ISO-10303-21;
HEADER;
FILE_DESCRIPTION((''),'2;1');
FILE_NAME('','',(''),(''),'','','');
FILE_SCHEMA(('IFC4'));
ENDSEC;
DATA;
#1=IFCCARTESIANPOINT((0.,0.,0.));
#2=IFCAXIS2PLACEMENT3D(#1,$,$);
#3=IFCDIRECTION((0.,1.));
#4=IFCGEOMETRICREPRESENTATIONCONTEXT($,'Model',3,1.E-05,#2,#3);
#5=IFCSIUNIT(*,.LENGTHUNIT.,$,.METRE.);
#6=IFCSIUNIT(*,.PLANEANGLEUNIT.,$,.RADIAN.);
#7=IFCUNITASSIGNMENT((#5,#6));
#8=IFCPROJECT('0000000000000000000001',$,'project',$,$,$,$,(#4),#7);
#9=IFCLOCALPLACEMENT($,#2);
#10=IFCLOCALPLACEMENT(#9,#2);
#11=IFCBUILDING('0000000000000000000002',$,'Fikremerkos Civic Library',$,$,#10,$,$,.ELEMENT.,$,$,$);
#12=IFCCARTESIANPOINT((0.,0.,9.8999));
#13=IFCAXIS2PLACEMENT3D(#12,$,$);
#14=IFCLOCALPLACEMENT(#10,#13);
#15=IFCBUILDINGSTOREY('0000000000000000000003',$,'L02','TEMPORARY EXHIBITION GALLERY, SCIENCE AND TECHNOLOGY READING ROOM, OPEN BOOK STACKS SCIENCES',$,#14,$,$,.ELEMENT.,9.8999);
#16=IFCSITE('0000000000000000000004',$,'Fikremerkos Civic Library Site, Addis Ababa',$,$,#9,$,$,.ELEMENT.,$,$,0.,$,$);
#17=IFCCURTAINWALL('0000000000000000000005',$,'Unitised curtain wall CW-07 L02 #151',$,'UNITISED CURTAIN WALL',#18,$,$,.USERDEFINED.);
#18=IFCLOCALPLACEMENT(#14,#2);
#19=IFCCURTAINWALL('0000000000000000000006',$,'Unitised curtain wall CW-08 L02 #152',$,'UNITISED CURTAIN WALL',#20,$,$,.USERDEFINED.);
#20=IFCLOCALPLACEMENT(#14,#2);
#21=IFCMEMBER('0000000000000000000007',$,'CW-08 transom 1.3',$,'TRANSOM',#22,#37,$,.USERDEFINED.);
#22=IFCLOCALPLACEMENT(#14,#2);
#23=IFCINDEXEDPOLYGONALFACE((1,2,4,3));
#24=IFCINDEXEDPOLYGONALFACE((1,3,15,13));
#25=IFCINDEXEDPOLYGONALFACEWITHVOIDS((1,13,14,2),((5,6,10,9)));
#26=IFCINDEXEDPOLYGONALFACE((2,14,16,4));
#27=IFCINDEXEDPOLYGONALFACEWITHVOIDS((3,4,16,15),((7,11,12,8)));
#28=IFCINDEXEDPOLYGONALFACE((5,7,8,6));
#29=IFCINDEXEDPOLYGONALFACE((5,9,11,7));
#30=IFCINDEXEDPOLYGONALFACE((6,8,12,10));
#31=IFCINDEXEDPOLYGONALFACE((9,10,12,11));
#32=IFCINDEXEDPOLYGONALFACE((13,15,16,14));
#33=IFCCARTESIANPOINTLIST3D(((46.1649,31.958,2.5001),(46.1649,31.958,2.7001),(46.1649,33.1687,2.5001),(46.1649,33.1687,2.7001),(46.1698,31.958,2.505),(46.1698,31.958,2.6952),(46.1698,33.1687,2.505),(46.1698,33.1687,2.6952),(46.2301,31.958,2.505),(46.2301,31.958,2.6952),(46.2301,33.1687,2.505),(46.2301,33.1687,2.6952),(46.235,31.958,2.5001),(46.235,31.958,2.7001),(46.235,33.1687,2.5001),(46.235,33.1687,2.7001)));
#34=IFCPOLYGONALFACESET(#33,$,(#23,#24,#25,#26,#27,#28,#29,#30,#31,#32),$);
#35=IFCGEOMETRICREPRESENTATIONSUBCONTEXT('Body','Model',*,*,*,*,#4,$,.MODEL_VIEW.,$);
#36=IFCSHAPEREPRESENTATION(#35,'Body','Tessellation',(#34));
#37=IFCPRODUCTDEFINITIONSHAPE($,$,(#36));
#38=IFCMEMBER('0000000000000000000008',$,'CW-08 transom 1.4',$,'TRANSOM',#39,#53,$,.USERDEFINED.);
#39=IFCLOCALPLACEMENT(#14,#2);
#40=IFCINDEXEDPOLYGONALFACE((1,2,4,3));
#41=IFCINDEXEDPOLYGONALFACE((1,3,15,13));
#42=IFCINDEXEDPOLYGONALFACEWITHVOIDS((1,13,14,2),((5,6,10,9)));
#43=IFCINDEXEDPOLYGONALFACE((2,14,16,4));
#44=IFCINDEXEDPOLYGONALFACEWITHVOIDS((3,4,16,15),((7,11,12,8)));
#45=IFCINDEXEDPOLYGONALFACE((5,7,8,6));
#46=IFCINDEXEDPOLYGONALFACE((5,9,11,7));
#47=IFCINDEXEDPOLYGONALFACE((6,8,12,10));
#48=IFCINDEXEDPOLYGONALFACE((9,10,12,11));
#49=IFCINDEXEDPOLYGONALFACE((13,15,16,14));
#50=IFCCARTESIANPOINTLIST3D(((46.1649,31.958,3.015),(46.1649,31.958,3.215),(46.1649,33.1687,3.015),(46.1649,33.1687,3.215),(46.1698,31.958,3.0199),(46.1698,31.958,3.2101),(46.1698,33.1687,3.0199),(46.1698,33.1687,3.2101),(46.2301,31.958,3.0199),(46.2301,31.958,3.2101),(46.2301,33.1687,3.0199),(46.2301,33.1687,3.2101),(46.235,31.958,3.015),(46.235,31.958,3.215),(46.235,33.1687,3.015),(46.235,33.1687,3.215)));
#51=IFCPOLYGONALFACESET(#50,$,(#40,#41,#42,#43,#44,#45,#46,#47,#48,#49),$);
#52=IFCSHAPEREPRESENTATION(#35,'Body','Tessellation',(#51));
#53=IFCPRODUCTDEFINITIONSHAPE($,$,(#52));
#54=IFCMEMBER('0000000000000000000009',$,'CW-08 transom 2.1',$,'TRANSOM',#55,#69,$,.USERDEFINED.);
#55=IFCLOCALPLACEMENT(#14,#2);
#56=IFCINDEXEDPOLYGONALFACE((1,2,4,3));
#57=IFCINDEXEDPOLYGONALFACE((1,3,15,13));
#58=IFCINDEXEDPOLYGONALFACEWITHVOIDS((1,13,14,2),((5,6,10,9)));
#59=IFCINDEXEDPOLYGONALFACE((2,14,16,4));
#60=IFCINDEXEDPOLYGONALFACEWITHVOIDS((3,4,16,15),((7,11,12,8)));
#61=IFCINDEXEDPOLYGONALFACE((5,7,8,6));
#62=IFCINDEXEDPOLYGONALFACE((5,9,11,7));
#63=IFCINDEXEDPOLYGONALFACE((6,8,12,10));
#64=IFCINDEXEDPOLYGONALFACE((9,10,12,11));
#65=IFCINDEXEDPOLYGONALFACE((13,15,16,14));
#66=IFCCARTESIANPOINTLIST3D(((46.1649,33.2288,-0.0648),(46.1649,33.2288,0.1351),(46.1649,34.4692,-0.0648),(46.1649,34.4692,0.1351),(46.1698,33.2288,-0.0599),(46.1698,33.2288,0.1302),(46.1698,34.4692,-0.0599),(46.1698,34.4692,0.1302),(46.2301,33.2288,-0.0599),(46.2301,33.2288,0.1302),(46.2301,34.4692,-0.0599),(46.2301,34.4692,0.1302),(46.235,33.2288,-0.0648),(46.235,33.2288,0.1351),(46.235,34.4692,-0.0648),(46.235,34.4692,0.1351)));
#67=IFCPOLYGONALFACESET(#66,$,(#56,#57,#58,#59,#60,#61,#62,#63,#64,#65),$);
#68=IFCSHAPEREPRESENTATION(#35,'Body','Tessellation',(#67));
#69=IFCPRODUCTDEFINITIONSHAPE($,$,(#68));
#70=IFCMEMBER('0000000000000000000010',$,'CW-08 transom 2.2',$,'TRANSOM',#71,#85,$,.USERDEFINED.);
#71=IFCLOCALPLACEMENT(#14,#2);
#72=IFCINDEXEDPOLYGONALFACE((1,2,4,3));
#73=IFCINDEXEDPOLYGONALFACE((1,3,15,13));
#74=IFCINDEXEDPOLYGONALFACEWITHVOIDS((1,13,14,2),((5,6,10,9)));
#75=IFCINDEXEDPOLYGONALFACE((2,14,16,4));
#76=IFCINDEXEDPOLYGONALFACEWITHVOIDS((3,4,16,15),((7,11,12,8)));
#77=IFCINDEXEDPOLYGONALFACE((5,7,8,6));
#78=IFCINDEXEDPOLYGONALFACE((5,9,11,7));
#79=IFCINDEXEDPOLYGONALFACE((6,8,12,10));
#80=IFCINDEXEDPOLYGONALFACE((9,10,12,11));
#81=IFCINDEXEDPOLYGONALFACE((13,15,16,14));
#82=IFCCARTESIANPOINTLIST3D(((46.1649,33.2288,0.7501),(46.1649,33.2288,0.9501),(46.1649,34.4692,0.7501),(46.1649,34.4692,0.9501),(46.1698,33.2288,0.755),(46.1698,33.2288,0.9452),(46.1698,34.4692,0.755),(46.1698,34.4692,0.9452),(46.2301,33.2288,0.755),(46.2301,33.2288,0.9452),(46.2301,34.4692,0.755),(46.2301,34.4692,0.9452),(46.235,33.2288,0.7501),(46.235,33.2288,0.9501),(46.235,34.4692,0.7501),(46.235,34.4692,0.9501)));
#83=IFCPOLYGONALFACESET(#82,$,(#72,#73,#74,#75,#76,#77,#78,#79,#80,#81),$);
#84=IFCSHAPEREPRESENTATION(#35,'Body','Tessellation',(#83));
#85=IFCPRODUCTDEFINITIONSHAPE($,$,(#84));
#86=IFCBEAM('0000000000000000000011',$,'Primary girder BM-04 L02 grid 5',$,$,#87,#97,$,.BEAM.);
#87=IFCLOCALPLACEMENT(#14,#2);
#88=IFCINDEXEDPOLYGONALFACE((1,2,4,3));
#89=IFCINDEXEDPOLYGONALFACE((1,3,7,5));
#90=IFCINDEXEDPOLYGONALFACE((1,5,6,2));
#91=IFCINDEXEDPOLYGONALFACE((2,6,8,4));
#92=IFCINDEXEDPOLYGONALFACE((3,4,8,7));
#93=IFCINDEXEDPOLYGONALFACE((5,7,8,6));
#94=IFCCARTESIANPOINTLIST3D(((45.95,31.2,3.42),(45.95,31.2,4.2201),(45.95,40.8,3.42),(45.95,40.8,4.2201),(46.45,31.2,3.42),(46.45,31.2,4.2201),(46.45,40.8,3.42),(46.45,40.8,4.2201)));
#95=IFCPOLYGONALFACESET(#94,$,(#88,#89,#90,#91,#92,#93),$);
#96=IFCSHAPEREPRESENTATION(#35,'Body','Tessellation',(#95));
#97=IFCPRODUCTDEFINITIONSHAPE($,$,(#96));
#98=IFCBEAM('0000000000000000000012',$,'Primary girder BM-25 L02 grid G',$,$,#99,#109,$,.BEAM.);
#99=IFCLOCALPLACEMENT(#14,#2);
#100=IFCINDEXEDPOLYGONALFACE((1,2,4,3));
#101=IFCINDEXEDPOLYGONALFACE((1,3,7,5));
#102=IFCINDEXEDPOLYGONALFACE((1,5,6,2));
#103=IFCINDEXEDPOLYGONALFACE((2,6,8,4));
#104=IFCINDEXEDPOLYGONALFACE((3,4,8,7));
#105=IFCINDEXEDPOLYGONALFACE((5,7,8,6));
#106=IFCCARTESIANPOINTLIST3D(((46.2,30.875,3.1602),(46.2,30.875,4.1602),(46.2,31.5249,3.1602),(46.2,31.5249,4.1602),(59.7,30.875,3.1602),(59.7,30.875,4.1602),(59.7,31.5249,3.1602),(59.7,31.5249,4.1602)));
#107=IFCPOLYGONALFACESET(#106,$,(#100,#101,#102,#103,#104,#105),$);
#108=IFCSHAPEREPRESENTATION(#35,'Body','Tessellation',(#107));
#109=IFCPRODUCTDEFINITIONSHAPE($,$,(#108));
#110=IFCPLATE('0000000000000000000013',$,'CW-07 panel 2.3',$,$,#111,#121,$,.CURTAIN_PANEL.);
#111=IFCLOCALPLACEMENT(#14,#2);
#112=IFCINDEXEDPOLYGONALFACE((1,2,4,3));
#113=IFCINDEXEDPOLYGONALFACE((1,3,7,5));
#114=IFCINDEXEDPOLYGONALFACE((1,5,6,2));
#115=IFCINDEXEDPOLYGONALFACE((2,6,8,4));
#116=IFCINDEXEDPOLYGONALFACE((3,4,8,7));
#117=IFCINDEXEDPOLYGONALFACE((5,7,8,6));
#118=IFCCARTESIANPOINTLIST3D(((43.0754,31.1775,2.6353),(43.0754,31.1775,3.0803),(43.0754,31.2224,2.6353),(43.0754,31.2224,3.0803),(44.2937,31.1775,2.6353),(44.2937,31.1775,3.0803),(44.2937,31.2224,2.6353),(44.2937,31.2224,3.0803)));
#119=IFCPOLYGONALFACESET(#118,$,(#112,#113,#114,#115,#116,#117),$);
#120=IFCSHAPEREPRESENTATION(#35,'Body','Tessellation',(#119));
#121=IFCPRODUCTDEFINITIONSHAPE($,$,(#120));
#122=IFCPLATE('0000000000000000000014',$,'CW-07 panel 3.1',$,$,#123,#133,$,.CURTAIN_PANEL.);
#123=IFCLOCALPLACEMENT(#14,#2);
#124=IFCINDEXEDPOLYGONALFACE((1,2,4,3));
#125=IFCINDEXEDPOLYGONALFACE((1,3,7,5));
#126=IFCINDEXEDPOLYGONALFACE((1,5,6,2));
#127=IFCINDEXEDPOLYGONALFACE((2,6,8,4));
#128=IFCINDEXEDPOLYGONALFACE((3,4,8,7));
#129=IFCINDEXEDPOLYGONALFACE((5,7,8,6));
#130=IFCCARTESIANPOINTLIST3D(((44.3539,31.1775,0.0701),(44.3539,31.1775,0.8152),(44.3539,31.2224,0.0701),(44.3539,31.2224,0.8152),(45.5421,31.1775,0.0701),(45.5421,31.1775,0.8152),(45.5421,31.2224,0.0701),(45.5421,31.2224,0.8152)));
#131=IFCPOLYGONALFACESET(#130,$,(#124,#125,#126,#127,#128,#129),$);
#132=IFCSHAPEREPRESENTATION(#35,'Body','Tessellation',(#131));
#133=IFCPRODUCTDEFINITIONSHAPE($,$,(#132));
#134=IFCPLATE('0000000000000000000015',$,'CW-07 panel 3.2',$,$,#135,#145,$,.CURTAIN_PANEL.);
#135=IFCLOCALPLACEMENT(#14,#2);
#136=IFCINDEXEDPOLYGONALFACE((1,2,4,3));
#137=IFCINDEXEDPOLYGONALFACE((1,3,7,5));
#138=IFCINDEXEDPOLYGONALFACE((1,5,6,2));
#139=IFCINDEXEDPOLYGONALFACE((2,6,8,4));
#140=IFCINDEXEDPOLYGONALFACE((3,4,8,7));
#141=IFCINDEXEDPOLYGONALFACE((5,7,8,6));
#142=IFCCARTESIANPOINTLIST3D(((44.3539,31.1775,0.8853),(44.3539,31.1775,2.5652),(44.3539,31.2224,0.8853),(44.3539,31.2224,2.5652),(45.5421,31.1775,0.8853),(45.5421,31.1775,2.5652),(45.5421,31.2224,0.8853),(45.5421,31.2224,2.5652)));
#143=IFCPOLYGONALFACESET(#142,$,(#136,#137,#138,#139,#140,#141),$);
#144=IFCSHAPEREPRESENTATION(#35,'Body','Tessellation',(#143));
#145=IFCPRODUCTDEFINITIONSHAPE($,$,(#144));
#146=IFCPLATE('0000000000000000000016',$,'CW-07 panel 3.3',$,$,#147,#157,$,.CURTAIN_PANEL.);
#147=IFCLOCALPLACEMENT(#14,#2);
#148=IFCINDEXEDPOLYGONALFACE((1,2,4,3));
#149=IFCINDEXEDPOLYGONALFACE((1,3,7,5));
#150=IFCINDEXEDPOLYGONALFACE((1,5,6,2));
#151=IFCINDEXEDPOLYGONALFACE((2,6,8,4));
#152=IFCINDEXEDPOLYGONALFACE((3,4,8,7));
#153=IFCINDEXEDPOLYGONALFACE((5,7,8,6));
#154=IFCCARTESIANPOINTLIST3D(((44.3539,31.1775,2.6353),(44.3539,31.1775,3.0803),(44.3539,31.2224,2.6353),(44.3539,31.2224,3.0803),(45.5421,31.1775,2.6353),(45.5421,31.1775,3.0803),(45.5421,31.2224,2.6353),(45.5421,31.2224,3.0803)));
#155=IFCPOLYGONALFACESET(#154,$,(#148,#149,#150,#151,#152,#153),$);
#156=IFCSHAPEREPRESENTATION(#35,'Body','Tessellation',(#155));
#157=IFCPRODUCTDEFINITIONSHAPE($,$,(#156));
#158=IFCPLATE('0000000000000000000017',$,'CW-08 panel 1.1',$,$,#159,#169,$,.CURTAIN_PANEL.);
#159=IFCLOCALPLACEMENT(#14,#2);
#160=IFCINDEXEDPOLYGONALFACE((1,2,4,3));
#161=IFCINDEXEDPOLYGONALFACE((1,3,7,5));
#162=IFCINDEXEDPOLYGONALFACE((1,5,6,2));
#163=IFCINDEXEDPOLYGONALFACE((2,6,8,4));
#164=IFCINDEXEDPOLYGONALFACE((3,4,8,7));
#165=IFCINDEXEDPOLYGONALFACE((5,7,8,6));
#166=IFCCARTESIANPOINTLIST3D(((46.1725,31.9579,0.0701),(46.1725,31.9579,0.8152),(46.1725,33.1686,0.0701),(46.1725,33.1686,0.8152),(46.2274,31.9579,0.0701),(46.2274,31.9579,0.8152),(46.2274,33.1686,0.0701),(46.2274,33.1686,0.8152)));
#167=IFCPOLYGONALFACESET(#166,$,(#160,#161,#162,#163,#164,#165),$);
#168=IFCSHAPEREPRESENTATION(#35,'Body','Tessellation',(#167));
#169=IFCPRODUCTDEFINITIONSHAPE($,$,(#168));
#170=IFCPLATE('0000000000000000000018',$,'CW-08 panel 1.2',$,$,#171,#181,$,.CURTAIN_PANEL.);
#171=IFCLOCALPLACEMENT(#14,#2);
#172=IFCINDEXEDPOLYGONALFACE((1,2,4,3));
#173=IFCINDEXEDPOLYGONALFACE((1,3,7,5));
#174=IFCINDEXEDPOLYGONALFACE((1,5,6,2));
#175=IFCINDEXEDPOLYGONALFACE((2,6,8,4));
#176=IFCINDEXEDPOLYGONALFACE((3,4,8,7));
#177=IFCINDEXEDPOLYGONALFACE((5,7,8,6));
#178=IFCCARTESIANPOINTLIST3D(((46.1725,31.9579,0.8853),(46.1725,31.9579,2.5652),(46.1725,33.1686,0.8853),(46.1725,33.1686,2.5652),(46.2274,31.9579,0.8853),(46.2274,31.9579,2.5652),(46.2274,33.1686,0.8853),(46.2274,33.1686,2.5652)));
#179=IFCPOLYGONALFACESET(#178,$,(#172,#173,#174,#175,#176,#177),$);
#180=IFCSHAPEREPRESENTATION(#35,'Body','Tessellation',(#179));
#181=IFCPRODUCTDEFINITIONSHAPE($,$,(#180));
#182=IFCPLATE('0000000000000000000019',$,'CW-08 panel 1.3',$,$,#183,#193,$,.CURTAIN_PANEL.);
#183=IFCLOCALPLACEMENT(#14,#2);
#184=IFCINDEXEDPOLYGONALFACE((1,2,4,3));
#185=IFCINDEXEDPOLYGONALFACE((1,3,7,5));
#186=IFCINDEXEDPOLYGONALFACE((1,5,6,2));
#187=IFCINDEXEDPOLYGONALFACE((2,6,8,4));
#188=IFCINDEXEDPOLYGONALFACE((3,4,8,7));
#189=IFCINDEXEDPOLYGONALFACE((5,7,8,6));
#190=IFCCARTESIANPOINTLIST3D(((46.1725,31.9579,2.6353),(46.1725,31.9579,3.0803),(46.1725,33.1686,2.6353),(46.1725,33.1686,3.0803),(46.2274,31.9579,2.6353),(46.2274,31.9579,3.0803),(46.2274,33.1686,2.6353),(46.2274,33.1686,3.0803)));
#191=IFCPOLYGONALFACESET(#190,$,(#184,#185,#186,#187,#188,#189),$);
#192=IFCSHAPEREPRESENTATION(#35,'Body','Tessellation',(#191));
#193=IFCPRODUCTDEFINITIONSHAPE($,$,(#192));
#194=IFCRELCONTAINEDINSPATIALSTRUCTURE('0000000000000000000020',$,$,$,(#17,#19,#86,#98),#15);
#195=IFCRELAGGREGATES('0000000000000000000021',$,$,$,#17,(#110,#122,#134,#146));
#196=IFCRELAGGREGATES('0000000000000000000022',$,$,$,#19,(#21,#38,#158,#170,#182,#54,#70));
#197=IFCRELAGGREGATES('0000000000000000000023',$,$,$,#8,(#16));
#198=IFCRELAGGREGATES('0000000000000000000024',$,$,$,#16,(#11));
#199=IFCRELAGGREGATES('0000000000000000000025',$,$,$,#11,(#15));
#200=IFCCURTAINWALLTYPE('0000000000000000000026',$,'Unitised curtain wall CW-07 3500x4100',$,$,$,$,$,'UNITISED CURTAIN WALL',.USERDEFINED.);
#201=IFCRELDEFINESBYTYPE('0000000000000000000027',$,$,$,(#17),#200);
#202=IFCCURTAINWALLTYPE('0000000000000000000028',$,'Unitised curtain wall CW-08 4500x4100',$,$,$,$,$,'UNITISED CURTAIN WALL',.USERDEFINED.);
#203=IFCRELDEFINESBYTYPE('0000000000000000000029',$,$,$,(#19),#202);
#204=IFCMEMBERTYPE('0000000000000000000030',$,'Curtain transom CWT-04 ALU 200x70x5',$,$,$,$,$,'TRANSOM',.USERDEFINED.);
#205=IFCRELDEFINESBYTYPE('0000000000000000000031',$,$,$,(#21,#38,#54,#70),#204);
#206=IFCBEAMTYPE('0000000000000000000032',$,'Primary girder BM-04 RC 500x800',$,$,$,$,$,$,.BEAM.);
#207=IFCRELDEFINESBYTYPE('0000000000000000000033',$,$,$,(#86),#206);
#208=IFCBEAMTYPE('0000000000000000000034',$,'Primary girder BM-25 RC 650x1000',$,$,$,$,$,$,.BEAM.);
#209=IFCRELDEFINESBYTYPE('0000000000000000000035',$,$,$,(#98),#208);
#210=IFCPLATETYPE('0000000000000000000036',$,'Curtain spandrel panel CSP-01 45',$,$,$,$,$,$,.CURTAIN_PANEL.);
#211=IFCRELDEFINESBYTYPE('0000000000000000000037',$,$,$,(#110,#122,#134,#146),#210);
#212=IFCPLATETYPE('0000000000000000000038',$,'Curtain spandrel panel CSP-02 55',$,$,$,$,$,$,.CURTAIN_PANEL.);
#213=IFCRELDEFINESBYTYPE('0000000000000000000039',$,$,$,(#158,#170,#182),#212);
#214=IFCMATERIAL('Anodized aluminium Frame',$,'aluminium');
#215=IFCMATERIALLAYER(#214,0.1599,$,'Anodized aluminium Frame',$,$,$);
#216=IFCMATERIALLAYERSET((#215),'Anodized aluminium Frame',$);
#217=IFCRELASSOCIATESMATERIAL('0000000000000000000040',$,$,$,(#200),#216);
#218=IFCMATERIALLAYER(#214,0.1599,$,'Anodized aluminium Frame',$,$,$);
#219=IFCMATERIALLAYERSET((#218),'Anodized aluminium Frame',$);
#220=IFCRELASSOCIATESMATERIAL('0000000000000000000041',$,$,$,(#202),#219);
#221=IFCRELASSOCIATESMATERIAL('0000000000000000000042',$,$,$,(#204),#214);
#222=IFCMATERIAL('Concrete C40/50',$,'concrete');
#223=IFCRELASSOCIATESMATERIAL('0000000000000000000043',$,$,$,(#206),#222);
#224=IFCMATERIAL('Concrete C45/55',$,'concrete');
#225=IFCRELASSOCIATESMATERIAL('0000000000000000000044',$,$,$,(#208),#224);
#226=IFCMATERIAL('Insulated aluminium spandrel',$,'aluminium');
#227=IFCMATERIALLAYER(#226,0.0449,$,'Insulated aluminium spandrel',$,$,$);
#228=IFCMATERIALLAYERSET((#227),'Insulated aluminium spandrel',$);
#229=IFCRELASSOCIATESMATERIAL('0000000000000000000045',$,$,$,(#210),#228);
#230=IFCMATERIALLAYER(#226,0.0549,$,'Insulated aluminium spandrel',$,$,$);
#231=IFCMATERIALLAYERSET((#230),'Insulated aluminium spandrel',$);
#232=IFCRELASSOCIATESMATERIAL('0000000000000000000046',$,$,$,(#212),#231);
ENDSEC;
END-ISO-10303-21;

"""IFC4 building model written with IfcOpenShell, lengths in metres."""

from ifc_helpers import new_model, si_unit, direction, frame, origin, origin_2d, place, context, subcontext, project, spatial, rectangle, hollow_rectangle, extrude, material, layer, layer_set, material_profile, profile_set, type_object, element, aggregate, save


model = new_model("IFC4")

# Units and contexts
model_context = context("Model", 3, precision=1e-05, world=origin(), true_north=direction((0.0, 1.0)))
body_context = subcontext(model_context, "Body", "Model", "MODEL_VIEW")
ifc_project = project(units=[si_unit("LENGTHUNIT", "METRE"), si_unit("PLANEANGLEUNIT", "RADIAN")], contexts=[model_context])

# Site, building, storey
site_placement = place(None, origin())
site = spatial("IfcSite", under=ifc_project, at=site_placement, Name="Fikremerkos Civic Library Site, Addis Ababa", CompositionType="ELEMENT", RefElevation=0.0)
building_placement = place(site_placement, origin())
building = spatial("IfcBuilding", under=site, at=building_placement, Name="Fikremerkos Civic Library", CompositionType="ELEMENT")
storey_placement = place(building_placement, frame((0.0, 0.0, 9.8999)))
storey = spatial("IfcBuildingStorey", under=building, at=storey_placement, Name="L02", Description="TEMPORARY EXHIBITION GALLERY, SCIENCE AND TECHNOLOGY READING ROOM, OPEN BOOK STACKS SCIENCES", CompositionType="ELEMENT", Elevation=9.8999)

# Shared definitions
ifc_material_1 = material(Name="Concrete C40/50", Category="concrete")

# Curtain walls
ifc_material_2 = material(Name="Anodized aluminium Frame", Category="aluminium")
ifc_layer_1 = layer(ifc_material_2, 0.1599, Name="Anodized aluminium Frame")
ifc_layer_set_1 = layer_set([ifc_layer_1], Name="Anodized aluminium Frame")
curtain_wall_type_1 = type_object("IfcCurtainWallType", Name="Unitised curtain wall CW-07 3500x4100", ElementType="UNITISED CURTAIN WALL", PredefinedType="USERDEFINED", material=ifc_layer_set_1)
curtain_wall_1_placement = place(storey_placement, origin())
curtain_wall_1 = element("IfcCurtainWall", 1, at=curtain_wall_1_placement, inside=storey, type_object=curtain_wall_type_1, Name="Unitised curtain wall CW-07 L02 #151", ObjectType="UNITISED CURTAIN WALL", PredefinedType="USERDEFINED")
ifc_layer_2 = layer(ifc_material_2, 0.1599, Name="Anodized aluminium Frame")
ifc_layer_set_2 = layer_set([ifc_layer_2], Name="Anodized aluminium Frame")
curtain_wall_type_2 = type_object("IfcCurtainWallType", Name="Unitised curtain wall CW-08 4500x4100", ElementType="UNITISED CURTAIN WALL", PredefinedType="USERDEFINED", material=ifc_layer_set_2)
curtain_wall_2_placement = place(storey_placement, origin())
curtain_wall_2 = element("IfcCurtainWall", 2, at=curtain_wall_2_placement, inside=storey, type_object=curtain_wall_type_2, Name="Unitised curtain wall CW-08 L02 #152", ObjectType="UNITISED CURTAIN WALL", PredefinedType="USERDEFINED")

# Members
ifc_material_profile_1 = material_profile(ifc_material_2, hollow_rectangle(XDim=0.0701, YDim=0.2, WallThickness=0.0049, at=origin_2d()), Name="ALU 200x70x5")
ifc_profile_set_1 = profile_set([ifc_material_profile_1], Name="Anodized aluminium Frame")
member_type_1 = type_object("IfcMemberType", Name="Curtain transom CWT-04 ALU 200x70x5", ElementType="TRANSOM", PredefinedType="USERDEFINED", material=ifc_profile_set_1)
member_1_placement = place(storey_placement, frame((46.2, 31.958, 2.6001), z_axis=(0.0, 1.0, 0.0), x_axis=(-1.0, 0.0, 0.0)))
member_1 = element("IfcMember", 3, at=member_1_placement, type_object=member_type_1, Name="CW-08 transom 1.3", ObjectType="TRANSOM", PredefinedType="USERDEFINED", context=body_context, shape_type="SweptSolid", body=[
    extrude(hollow_rectangle(XDim=0.0701, YDim=0.2, WallThickness=0.0049, at=origin_2d()), origin(), (0.0, 0.0, 1.0), 1.2107),
])
member_2_placement = place(storey_placement, frame((46.2, 31.958, 3.115), z_axis=(0.0, 1.0, 0.0), x_axis=(-1.0, 0.0, 0.0)))
member_2 = element("IfcMember", 4, at=member_2_placement, type_object=member_type_1, Name="CW-08 transom 1.4", ObjectType="TRANSOM", PredefinedType="USERDEFINED", context=body_context, shape_type="SweptSolid", body=[
    extrude(hollow_rectangle(XDim=0.0701, YDim=0.2, WallThickness=0.0049, at=origin_2d()), origin(), (0.0, 0.0, 1.0), 1.2107),
])
member_3_placement = place(storey_placement, frame((46.2, 33.2288, 0.0352), z_axis=(0.0, 1.0, 0.0), x_axis=(-1.0, 0.0, 0.0)))
member_3 = element("IfcMember", 5, at=member_3_placement, type_object=member_type_1, Name="CW-08 transom 2.1", ObjectType="TRANSOM", PredefinedType="USERDEFINED", context=body_context, shape_type="SweptSolid", body=[
    extrude(hollow_rectangle(XDim=0.0701, YDim=0.2, WallThickness=0.0049, at=origin_2d()), origin(), (0.0, 0.0, 1.0), 1.2405),
])
member_4_placement = place(storey_placement, frame((46.2, 33.2288, 0.8501), z_axis=(0.0, 1.0, 0.0), x_axis=(-1.0, 0.0, 0.0)))
member_4 = element("IfcMember", 6, at=member_4_placement, type_object=member_type_1, Name="CW-08 transom 2.2", ObjectType="TRANSOM", PredefinedType="USERDEFINED", context=body_context, shape_type="SweptSolid", body=[
    extrude(hollow_rectangle(XDim=0.0701, YDim=0.2, WallThickness=0.0049, at=origin_2d()), origin(), (0.0, 0.0, 1.0), 1.2405),
])

# Beams
ifc_material_profile_2 = material_profile(ifc_material_1, rectangle(XDim=0.5, YDim=0.8, at=origin_2d()), Name="RC 500x800")
ifc_profile_set_2 = profile_set([ifc_material_profile_2], Name="Concrete C40/50")
beam_type_1 = type_object("IfcBeamType", Name="Primary girder BM-04 RC 500x800", PredefinedType="BEAM", material=ifc_profile_set_2)
beam_1_placement = place(storey_placement, frame((46.2, 31.2, 3.8201), z_axis=(0.0, 1.0, 0.0), x_axis=(-1.0, 0.0, 0.0)))
element("IfcBeam", 7, at=beam_1_placement, inside=storey, type_object=beam_type_1, Name="Primary girder BM-04 L02 grid 5", PredefinedType="BEAM", context=body_context, shape_type="SweptSolid", body=[
    extrude(rectangle(XDim=0.5, YDim=0.8, at=origin_2d()), origin(), (0.0, 0.0, 1.0), 9.6001),
])
ifc_material_3 = material(Name="Concrete C45/55", Category="concrete")
ifc_material_profile_3 = material_profile(ifc_material_3, rectangle(XDim=0.6499, YDim=1.0, at=origin_2d()), Name="RC 650x1000")
ifc_profile_set_3 = profile_set([ifc_material_profile_3], Name="Concrete C45/55")
beam_type_2 = type_object("IfcBeamType", Name="Primary girder BM-25 RC 650x1000", PredefinedType="BEAM", material=ifc_profile_set_3)
beam_2_placement = place(storey_placement, frame((46.2, 31.2, 3.6602), z_axis=(1.0, 0.0, 0.0), x_axis=(0.0, 1.0, 0.0)))
element("IfcBeam", 8, at=beam_2_placement, inside=storey, type_object=beam_type_2, Name="Primary girder BM-25 L02 grid G", PredefinedType="BEAM", context=body_context, shape_type="SweptSolid", body=[
    extrude(rectangle(XDim=0.6499, YDim=1.0, at=origin_2d()), origin(), (0.0, 0.0, 1.0), 13.5),
])

# Plates
ifc_material_4 = material(Name="Insulated aluminium spandrel", Category="aluminium")
ifc_layer_3 = layer(ifc_material_4, 0.0449, Name="Insulated aluminium spandrel")
ifc_layer_set_3 = layer_set([ifc_layer_3], Name="Insulated aluminium spandrel")
plate_type_1 = type_object("IfcPlateType", Name="Curtain spandrel panel CSP-01 45", PredefinedType="CURTAIN_PANEL", material=ifc_layer_set_3)
plate_1_placement = place(storey_placement, frame((43.6846, 31.2, 2.6353), z_axis=(0.0, 0.0, 1.0), x_axis=(1.0, 0.0, 0.0)))
plate_1 = element("IfcPlate", 9, at=plate_1_placement, type_object=plate_type_1, Name="CW-07 panel 2.3", PredefinedType="CURTAIN_PANEL", context=body_context, shape_type="SweptSolid", body=[
    extrude(rectangle(XDim=1.2183, YDim=0.0449, at=origin_2d()), origin(), (0.0, 0.0, 1.0), 0.4451),
])
plate_2_placement = place(storey_placement, frame((44.948, 31.2, 0.0701), z_axis=(0.0, 0.0, 1.0), x_axis=(1.0, 0.0, 0.0)))
plate_2 = element("IfcPlate", 10, at=plate_2_placement, type_object=plate_type_1, Name="CW-07 panel 3.1", PredefinedType="CURTAIN_PANEL", context=body_context, shape_type="SweptSolid", body=[
    extrude(rectangle(XDim=1.1882, YDim=0.0449, at=origin_2d()), origin(), (0.0, 0.0, 1.0), 0.7451),
])
plate_3_placement = place(storey_placement, frame((44.948, 31.2, 0.8853), z_axis=(0.0, 0.0, 1.0), x_axis=(1.0, 0.0, 0.0)))
plate_3 = element("IfcPlate", 11, at=plate_3_placement, type_object=plate_type_1, Name="CW-07 panel 3.2", PredefinedType="CURTAIN_PANEL", context=body_context, shape_type="SweptSolid", body=[
    extrude(rectangle(XDim=1.1882, YDim=0.0449, at=origin_2d()), origin(), (0.0, 0.0, 1.0), 1.6799),
])
plate_4_placement = place(storey_placement, frame((44.948, 31.2, 2.6353), z_axis=(0.0, 0.0, 1.0), x_axis=(1.0, 0.0, 0.0)))
plate_4 = element("IfcPlate", 12, at=plate_4_placement, type_object=plate_type_1, Name="CW-07 panel 3.3", PredefinedType="CURTAIN_PANEL", context=body_context, shape_type="SweptSolid", body=[
    extrude(rectangle(XDim=1.1882, YDim=0.0449, at=origin_2d()), origin(), (0.0, 0.0, 1.0), 0.4451),
])
aggregate(curtain_wall_1, [plate_1, plate_2, plate_3, plate_4])
ifc_layer_4 = layer(ifc_material_4, 0.0549, Name="Insulated aluminium spandrel")
ifc_layer_set_4 = layer_set([ifc_layer_4], Name="Insulated aluminium spandrel")
plate_type_2 = type_object("IfcPlateType", Name="Curtain spandrel panel CSP-02 55", PredefinedType="CURTAIN_PANEL", material=ifc_layer_set_4)
plate_5_placement = place(storey_placement, frame((46.2, 32.5632, 0.0701), z_axis=(0.0, 0.0, 1.0), x_axis=(0.0, 1.0, 0.0)))
plate_5 = element("IfcPlate", 13, at=plate_5_placement, type_object=plate_type_2, Name="CW-08 panel 1.1", PredefinedType="CURTAIN_PANEL", context=body_context, shape_type="SweptSolid", body=[
    extrude(rectangle(XDim=1.2107, YDim=0.0549, at=origin_2d()), origin(), (0.0, 0.0, 1.0), 0.7451),
])
plate_6_placement = place(storey_placement, frame((46.2, 32.5632, 0.8853), z_axis=(0.0, 0.0, 1.0), x_axis=(0.0, 1.0, 0.0)))
plate_6 = element("IfcPlate", 14, at=plate_6_placement, type_object=plate_type_2, Name="CW-08 panel 1.2", PredefinedType="CURTAIN_PANEL", context=body_context, shape_type="SweptSolid", body=[
    extrude(rectangle(XDim=1.2107, YDim=0.0549, at=origin_2d()), origin(), (0.0, 0.0, 1.0), 1.6799),
])
plate_7_placement = place(storey_placement, frame((46.2, 32.5632, 2.6353), z_axis=(0.0, 0.0, 1.0), x_axis=(0.0, 1.0, 0.0)))
plate_7 = element("IfcPlate", 15, at=plate_7_placement, type_object=plate_type_2, Name="CW-08 panel 1.3", PredefinedType="CURTAIN_PANEL", context=body_context, shape_type="SweptSolid", body=[
    extrude(rectangle(XDim=1.2107, YDim=0.0549, at=origin_2d()), origin(), (0.0, 0.0, 1.0), 0.4451),
])
aggregate(curtain_wall_2, [member_1, member_2, plate_5, plate_6, plate_7, member_3, member_4])

save(model, "model.ifc")
